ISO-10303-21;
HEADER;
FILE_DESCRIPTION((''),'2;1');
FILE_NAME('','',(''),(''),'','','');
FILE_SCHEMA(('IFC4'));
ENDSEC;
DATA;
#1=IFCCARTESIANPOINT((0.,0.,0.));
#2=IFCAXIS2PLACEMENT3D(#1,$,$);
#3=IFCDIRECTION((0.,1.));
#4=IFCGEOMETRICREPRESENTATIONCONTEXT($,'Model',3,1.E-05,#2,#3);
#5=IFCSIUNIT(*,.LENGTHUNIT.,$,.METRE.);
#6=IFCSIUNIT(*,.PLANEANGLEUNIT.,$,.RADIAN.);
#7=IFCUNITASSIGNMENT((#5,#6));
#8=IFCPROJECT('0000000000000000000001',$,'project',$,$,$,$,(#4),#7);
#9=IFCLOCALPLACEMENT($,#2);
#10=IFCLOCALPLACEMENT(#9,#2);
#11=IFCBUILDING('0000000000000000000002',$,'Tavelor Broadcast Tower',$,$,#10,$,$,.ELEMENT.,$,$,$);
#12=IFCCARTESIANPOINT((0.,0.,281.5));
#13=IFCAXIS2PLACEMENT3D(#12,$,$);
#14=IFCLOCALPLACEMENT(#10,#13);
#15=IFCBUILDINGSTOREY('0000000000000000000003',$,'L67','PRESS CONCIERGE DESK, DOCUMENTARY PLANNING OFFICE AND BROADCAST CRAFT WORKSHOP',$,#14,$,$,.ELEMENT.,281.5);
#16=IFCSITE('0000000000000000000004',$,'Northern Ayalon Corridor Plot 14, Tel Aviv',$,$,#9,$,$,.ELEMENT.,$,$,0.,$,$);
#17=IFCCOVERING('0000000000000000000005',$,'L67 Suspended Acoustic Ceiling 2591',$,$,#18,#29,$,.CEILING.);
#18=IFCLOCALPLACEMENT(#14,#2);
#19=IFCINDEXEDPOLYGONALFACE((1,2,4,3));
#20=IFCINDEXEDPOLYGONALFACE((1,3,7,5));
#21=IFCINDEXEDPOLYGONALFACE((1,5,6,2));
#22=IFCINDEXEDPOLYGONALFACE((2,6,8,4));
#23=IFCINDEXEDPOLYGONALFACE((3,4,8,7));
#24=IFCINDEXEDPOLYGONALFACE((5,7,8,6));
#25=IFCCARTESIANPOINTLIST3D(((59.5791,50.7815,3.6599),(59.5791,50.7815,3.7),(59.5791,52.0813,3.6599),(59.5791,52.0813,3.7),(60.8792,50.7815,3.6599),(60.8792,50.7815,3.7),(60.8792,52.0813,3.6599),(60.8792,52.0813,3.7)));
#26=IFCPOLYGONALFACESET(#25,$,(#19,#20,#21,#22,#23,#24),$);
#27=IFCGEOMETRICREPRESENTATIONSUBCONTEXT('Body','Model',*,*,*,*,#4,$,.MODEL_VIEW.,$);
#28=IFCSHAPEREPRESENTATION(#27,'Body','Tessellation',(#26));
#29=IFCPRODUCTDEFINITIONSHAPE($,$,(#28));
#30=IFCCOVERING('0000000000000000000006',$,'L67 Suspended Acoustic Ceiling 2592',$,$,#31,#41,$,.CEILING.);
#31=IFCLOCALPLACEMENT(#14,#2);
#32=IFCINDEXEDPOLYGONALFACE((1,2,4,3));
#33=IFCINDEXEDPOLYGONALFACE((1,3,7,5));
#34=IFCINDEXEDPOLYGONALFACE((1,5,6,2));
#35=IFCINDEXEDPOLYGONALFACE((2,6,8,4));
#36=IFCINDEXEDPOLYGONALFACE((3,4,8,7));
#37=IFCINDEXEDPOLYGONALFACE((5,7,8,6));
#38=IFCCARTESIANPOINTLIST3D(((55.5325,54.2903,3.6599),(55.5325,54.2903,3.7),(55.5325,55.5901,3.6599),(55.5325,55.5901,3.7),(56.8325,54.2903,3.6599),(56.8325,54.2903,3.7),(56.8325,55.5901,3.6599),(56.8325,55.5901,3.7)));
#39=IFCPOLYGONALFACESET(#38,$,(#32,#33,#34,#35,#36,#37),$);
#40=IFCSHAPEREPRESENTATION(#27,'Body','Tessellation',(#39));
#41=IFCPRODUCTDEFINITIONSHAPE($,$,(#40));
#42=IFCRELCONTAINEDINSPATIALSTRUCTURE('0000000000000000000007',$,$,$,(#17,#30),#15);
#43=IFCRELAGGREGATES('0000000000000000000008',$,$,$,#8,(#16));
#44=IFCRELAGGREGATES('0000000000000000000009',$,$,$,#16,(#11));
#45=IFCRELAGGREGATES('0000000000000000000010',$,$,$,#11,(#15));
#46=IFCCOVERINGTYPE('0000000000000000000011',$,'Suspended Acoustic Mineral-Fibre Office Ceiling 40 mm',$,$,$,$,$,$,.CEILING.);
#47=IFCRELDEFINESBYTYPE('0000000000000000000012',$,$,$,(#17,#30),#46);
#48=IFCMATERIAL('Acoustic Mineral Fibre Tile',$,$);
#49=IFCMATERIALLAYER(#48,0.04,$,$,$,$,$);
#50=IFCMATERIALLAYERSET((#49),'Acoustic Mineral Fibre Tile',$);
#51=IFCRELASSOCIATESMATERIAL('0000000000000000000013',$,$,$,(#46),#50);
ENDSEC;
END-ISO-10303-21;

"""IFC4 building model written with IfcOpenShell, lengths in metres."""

from ifc_helpers import new_model, si_unit, direction, frame, origin, place, context, subcontext, project, spatial, polyline, outline, extrude, material, layer, layer_set, type_object, element, save


model = new_model("IFC4")

# Units and contexts
model_context = context("Model", 3, precision=1e-05, world=origin(), true_north=direction((0.0, 1.0)))
body_context = subcontext(model_context, "Body", "Model", "MODEL_VIEW")
ifc_project = project(units=[si_unit("LENGTHUNIT", "METRE"), si_unit("PLANEANGLEUNIT", "RADIAN")], contexts=[model_context])

# Site, building, storey
site_placement = place(None, origin())
site = spatial("IfcSite", under=ifc_project, at=site_placement, Name="Northern Ayalon Corridor Plot 14, Tel Aviv", CompositionType="ELEMENT", RefElevation=0.0)
building_placement = place(site_placement, origin())
building = spatial("IfcBuilding", under=site, at=building_placement, Name="Tavelor Broadcast Tower", CompositionType="ELEMENT")
storey_placement = place(building_placement, frame((0.0, 0.0, 281.5)))
storey = spatial("IfcBuildingStorey", under=building, at=storey_placement, Name="L67", Description="PRESS CONCIERGE DESK, DOCUMENTARY PLANNING OFFICE AND BROADCAST CRAFT WORKSHOP", CompositionType="ELEMENT", Elevation=281.5)

# Coverings
ifc_material_1 = material(Name="Acoustic Mineral Fibre Tile")
ifc_layer_1 = layer(ifc_material_1, 0.04)
ifc_layer_set_1 = layer_set([ifc_layer_1], Name="Acoustic Mineral Fibre Tile")
covering_type_1 = type_object("IfcCoveringType", Name="Suspended Acoustic Mineral-Fibre Office Ceiling 40 mm", PredefinedType="CEILING", material=ifc_layer_set_1)
covering_1_placement = place(storey_placement, frame((0.0, 0.0, 3.6599)))
element("IfcCovering", 1, at=covering_1_placement, inside=storey, type_object=covering_type_1, Name="L67 Suspended Acoustic Ceiling 2591", PredefinedType="CEILING", context=body_context, shape_type="SweptSolid", body=[
    extrude(outline(polyline([(59.5791, 50.7815), (60.8792, 50.7815), (60.8792, 52.0813), (59.5791, 52.0813), (59.5791, 50.7815)])), origin(), (0.0, 0.0, 1.0), 0.04),
])
covering_2_placement = place(storey_placement, frame((0.0, 0.0, 3.6599)))
element("IfcCovering", 2, at=covering_2_placement, inside=storey, type_object=covering_type_1, Name="L67 Suspended Acoustic Ceiling 2592", PredefinedType="CEILING", context=body_context, shape_type="SweptSolid", body=[
    extrude(outline(polyline([(55.5325, 54.2903), (56.8325, 54.2903), (56.8325, 55.5901), (55.5325, 55.5901), (55.5325, 54.2903)])), origin(), (0.0, 0.0, 1.0), 0.04),
])

save(model, "model.ifc")
